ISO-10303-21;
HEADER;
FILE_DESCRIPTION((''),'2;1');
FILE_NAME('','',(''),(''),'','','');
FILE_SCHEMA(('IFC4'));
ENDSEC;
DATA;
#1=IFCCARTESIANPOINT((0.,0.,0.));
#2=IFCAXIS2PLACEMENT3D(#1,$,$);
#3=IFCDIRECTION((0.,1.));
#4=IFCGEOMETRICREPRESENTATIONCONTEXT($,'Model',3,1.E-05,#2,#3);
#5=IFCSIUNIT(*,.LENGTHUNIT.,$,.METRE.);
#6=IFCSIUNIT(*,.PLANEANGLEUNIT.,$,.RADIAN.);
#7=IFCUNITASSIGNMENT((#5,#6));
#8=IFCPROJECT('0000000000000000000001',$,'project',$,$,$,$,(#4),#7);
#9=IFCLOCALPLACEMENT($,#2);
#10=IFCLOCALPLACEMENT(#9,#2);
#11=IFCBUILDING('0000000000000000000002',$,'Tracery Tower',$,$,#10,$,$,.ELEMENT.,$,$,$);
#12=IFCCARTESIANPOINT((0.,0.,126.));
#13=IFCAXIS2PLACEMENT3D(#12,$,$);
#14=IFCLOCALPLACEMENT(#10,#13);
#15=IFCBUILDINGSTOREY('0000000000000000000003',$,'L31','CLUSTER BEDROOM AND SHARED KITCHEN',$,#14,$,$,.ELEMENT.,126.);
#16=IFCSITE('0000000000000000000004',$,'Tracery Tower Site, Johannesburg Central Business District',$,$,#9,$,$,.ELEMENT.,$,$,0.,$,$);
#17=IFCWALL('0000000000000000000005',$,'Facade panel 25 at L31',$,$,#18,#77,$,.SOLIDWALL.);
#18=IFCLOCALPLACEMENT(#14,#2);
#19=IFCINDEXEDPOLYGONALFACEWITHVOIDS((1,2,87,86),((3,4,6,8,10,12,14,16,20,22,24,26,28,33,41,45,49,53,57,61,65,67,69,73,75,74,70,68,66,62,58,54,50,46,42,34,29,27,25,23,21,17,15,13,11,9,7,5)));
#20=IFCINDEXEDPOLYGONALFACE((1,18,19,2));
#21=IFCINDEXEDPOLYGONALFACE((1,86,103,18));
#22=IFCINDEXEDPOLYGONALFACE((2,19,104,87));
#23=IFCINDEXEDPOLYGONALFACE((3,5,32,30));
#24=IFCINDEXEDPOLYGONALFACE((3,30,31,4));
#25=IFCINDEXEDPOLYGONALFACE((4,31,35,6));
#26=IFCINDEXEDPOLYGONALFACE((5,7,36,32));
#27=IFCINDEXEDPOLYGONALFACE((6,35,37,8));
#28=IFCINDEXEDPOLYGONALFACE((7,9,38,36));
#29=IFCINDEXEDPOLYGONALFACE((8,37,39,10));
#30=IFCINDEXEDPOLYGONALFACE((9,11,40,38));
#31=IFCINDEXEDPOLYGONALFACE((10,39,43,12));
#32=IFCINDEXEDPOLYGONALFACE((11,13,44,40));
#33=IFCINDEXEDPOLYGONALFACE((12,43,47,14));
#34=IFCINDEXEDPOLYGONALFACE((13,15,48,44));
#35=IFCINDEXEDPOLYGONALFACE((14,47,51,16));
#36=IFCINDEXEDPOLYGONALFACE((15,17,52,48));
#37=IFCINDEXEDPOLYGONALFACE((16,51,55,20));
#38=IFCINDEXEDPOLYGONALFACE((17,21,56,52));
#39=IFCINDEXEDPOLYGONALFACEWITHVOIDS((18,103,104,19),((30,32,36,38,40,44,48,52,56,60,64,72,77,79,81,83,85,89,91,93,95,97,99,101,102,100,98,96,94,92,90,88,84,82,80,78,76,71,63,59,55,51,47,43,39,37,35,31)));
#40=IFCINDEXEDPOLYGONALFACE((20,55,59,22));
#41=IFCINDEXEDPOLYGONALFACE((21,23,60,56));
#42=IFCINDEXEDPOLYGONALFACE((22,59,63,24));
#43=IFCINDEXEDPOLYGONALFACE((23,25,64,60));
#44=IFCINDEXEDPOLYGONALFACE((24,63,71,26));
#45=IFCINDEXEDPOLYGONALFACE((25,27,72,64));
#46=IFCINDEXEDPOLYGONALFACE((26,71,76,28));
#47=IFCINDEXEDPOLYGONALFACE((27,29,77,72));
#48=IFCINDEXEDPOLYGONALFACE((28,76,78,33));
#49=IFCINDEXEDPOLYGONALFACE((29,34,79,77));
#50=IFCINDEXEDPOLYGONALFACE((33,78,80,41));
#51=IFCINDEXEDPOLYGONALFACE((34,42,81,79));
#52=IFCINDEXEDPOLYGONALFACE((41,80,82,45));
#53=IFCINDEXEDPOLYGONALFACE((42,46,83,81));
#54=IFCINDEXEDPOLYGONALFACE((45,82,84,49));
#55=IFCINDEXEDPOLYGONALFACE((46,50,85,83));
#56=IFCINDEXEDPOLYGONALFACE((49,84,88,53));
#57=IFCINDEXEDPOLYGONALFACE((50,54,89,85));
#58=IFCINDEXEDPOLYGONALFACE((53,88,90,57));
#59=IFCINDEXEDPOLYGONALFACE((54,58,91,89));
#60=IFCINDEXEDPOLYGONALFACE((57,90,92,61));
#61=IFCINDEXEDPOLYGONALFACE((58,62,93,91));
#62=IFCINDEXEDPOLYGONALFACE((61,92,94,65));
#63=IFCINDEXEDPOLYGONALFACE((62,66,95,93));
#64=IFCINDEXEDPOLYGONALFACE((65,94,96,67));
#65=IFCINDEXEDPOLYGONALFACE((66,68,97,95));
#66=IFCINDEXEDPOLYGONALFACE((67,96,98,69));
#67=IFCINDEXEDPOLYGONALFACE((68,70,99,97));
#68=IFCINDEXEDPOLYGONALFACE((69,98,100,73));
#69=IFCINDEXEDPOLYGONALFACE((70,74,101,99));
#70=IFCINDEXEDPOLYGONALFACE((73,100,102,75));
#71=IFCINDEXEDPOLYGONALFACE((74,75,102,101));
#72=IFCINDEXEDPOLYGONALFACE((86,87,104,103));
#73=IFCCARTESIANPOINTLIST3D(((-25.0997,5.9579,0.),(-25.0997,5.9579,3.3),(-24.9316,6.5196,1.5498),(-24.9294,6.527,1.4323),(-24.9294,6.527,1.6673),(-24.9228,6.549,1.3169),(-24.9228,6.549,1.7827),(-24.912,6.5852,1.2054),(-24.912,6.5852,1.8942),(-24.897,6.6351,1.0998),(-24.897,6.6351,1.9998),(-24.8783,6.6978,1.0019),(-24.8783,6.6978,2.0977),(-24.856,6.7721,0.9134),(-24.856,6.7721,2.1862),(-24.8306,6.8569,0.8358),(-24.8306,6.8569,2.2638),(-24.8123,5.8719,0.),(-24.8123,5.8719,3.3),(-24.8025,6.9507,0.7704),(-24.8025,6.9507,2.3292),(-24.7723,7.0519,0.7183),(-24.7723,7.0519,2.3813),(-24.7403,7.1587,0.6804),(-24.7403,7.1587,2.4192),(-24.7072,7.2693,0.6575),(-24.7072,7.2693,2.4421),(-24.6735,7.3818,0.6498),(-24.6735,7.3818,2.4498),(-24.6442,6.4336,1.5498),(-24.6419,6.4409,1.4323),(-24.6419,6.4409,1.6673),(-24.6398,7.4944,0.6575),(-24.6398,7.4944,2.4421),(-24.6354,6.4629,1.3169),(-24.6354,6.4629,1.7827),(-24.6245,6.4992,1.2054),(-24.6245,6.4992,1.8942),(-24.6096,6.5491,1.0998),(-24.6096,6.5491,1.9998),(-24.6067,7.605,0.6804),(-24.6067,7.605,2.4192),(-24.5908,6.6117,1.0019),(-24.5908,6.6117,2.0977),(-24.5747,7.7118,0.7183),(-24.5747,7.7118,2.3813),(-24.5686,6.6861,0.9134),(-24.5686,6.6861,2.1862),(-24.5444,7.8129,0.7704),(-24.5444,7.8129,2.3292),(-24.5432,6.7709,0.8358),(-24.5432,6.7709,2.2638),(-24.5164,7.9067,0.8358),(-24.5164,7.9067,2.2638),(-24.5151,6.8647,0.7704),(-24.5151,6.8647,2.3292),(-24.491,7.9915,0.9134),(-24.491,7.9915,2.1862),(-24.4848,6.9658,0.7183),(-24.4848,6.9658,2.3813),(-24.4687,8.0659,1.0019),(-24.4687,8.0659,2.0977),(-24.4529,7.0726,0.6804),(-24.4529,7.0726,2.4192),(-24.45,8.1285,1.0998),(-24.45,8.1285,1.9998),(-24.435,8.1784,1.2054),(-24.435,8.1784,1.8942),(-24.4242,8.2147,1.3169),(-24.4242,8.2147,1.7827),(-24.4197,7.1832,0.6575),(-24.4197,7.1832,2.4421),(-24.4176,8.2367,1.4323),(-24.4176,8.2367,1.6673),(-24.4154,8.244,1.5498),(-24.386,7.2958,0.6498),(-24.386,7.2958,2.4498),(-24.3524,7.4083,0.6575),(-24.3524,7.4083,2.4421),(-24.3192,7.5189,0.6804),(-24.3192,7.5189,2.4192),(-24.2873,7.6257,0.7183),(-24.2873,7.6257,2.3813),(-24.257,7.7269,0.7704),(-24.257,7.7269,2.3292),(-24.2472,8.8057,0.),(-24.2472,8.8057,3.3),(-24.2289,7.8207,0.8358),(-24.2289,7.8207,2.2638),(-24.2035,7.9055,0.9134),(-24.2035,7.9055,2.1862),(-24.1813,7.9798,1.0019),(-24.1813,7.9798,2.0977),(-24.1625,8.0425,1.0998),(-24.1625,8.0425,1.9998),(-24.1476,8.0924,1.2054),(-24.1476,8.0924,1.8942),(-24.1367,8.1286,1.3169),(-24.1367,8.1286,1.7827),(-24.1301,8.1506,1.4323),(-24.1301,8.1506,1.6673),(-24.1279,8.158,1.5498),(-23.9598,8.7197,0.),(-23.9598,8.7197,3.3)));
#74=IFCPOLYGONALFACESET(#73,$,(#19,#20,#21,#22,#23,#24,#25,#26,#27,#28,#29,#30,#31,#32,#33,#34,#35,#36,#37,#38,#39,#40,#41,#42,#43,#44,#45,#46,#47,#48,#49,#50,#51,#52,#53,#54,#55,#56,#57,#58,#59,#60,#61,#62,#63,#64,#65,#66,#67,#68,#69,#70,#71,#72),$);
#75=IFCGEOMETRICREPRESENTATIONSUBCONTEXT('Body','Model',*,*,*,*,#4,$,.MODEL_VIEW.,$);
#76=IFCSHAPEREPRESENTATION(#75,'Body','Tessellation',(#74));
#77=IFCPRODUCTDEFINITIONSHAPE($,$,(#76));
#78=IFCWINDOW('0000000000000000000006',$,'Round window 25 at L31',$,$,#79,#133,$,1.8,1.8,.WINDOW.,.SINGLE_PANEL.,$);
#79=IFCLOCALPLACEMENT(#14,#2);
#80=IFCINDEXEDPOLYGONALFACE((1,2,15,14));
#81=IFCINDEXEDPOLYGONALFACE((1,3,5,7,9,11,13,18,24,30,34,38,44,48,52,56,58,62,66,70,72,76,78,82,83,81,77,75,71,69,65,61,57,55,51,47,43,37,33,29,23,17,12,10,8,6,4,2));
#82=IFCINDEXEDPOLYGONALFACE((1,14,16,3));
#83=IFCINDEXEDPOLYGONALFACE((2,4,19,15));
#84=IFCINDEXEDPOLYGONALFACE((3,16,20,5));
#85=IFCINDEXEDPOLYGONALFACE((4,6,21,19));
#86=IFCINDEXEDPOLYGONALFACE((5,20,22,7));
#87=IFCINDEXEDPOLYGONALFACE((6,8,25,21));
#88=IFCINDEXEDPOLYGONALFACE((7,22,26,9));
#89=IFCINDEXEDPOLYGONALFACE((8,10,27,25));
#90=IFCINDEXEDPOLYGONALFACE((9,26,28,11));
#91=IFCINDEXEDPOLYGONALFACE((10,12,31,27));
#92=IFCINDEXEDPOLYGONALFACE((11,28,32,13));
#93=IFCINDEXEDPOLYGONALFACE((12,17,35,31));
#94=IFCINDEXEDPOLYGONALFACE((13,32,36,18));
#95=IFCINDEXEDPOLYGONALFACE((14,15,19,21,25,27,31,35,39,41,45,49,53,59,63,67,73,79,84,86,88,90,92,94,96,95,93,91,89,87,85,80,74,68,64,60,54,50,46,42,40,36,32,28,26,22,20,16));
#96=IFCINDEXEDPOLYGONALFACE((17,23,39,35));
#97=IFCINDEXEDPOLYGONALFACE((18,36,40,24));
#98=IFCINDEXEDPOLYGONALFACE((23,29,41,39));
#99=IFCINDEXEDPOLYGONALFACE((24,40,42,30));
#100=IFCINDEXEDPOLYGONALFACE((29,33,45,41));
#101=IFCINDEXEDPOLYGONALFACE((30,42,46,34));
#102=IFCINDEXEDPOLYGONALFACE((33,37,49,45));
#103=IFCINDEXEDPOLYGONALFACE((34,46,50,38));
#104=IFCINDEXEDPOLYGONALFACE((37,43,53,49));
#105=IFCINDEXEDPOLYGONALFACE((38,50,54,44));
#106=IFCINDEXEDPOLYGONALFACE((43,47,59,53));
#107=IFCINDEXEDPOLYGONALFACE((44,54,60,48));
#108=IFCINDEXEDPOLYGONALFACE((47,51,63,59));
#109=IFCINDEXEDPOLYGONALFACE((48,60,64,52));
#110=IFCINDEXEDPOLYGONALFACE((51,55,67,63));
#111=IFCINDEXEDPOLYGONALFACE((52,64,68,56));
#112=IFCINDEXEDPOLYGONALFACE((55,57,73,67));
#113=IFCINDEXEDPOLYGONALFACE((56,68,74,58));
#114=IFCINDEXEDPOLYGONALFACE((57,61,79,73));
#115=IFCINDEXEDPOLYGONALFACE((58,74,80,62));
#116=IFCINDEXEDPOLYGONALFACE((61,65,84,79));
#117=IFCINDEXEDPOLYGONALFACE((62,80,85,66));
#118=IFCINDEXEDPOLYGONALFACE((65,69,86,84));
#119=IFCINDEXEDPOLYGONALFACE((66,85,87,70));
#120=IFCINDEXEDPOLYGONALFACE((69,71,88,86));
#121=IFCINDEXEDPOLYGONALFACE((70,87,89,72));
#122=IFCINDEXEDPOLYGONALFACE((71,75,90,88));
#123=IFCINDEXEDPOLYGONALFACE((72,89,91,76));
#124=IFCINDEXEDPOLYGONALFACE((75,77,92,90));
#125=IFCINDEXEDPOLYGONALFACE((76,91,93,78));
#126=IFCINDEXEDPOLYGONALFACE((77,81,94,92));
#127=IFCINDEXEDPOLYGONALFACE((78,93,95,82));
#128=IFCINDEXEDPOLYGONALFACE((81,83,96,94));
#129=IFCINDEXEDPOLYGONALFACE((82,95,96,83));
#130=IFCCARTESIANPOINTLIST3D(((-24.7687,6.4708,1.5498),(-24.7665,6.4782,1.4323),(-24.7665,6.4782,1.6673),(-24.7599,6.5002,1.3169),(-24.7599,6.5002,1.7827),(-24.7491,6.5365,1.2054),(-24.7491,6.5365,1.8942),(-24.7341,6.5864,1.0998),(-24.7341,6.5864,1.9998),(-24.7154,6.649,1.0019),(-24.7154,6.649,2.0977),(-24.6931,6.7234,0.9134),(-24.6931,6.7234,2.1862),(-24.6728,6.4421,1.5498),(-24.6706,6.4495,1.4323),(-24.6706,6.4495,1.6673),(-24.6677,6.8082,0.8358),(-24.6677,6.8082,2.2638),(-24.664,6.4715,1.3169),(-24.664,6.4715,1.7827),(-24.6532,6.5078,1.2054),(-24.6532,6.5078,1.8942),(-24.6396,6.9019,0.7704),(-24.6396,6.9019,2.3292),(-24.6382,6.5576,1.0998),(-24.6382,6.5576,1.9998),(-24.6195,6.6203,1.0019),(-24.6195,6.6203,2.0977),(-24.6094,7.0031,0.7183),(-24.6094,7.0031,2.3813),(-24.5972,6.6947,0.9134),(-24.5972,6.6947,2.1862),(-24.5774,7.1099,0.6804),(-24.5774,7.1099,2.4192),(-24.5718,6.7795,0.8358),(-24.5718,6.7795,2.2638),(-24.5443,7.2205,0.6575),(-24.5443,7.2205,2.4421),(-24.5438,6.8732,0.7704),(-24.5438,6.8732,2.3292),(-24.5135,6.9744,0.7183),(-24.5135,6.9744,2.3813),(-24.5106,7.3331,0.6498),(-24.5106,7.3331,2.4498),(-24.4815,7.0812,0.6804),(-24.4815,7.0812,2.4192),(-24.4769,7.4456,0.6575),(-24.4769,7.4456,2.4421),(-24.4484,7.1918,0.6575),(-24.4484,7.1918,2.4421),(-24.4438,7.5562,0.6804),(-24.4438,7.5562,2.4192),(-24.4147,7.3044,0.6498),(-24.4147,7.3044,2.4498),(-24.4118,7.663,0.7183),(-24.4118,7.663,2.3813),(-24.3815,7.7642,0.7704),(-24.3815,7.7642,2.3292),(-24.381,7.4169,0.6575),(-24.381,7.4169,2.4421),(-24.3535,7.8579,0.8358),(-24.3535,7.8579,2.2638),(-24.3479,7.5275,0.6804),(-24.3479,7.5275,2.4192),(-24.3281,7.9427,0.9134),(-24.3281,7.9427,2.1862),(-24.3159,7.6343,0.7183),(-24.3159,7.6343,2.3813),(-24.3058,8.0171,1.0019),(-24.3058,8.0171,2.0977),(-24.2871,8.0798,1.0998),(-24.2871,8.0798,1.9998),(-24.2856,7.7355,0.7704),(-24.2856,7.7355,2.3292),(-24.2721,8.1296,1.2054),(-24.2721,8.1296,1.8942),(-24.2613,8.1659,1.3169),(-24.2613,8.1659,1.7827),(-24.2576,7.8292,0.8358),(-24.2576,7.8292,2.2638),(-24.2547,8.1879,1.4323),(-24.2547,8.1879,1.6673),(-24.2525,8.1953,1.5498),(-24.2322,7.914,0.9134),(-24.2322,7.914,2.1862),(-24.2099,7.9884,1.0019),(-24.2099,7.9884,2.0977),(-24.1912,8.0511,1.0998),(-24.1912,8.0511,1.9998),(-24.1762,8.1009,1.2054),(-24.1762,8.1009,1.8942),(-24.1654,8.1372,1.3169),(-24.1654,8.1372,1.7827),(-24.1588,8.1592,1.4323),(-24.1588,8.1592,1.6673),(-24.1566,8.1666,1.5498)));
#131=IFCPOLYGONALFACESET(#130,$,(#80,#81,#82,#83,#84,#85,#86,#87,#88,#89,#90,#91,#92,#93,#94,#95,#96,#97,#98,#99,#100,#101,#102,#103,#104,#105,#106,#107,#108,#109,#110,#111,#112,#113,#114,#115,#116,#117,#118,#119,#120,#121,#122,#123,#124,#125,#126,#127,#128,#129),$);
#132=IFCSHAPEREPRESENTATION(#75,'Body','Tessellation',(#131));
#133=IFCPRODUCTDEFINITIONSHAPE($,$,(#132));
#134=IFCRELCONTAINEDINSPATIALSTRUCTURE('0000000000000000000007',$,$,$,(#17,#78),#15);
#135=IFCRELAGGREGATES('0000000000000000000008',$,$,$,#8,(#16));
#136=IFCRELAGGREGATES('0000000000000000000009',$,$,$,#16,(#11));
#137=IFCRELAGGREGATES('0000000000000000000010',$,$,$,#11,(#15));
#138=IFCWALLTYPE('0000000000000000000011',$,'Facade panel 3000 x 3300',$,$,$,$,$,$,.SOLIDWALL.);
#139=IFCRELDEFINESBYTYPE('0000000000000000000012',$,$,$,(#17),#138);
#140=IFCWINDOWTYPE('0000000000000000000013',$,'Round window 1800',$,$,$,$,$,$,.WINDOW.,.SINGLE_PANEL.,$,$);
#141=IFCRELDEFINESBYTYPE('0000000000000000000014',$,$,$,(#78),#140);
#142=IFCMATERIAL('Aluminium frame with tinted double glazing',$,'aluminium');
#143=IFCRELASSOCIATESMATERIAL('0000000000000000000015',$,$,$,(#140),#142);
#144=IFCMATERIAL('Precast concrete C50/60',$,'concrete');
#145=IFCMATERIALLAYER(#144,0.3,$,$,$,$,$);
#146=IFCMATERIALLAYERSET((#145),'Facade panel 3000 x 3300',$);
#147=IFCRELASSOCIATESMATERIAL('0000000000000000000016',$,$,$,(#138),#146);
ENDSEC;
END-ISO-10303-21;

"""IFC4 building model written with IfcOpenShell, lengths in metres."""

from ifc_helpers import new_model, si_unit, direction, frame, frame_2d, origin, origin_2d, place, context, subcontext, project, spatial, rectangle, circle, extrude, material, layer, layer_set, type_object, element, fill, save


model = new_model("IFC4")

# Units and contexts
model_context = context("Model", 3, precision=1e-05, world=origin(), true_north=direction((0.0, 1.0)))
body_context = subcontext(model_context, "Body", "Model", "MODEL_VIEW")
ifc_project = project(units=[si_unit("LENGTHUNIT", "METRE"), si_unit("PLANEANGLEUNIT", "RADIAN")], contexts=[model_context])

# Site, building, storey
site_placement = place(None, origin())
site = spatial("IfcSite", under=ifc_project, at=site_placement, Name="Tracery Tower Site, Johannesburg Central Business District", CompositionType="ELEMENT", RefElevation=0.0)
building_placement = place(site_placement, origin())
building = spatial("IfcBuilding", under=site, at=building_placement, Name="Tracery Tower", CompositionType="ELEMENT")
storey_placement = place(building_placement, frame((0.0, 0.0, 126.0)))
storey = spatial("IfcBuildingStorey", under=building, at=storey_placement, Name="L31", Description="CLUSTER BEDROOM AND SHARED KITCHEN", CompositionType="ELEMENT", Elevation=126.0)

# Wall, opening, window
ifc_material_1 = material(Name="Aluminium frame with tinted double glazing", Category="aluminium")
window_type = type_object("IfcWindowType", Name="Round window 1800", PartitioningType="SINGLE_PANEL", PredefinedType="WINDOW", material=ifc_material_1)
ifc_material_2 = material(Name="Precast concrete C50/60", Category="concrete")
ifc_layer_1 = layer(ifc_material_2, 0.3)
ifc_layer_set_1 = layer_set([ifc_layer_1], Name="Facade panel 3000 x 3300")
wall_type_1 = type_object("IfcWallType", Name="Facade panel 3000 x 3300", PredefinedType="SOLIDWALL", material=ifc_layer_set_1)
wall_1_placement = place(storey_placement, frame((-24.1035, 8.7627, 0.0), z_axis=(0.0, 0.0, 1.0), x_axis=(-0.286783, -0.957996, 0.0)))
wall_1 = element("IfcWall", 1, at=wall_1_placement, inside=storey, type_object=wall_type_1, Name="Facade panel 25 at L31", PredefinedType="SOLIDWALL", context=body_context, shape_type="SweptSolid", body=[
    extrude(rectangle(XDim=2.9727, YDim=0.3, at=frame_2d((1.4863, 0.0))), origin(), (0.0, 0.0, 1.0), 3.3),
])
opening_1_placement = place(wall_1_placement, frame((1.4863, 0.0, 1.5498)))
opening_1 = element("IfcOpeningElement", 2, at=opening_1_placement, cuts=wall_1, PredefinedType="OPENING", context=body_context, shape_type="SweptSolid", body=[
    extrude(circle(Radius=0.9, at=origin_2d()), frame((0.0, 0.1599, 0.0), z_axis=(0.0, -1.0, 0.0), x_axis=(1.0, 0.0, 0.0)), (0.0, 0.0, 1.0), 0.3201),
])
window_1_placement = place(opening_1_placement, origin())
window_1 = element("IfcWindow", 3, at=window_1_placement, inside=storey, type_object=window_type, Name="Round window 25 at L31", OverallHeight=1.8, OverallWidth=1.8, PartitioningType="SINGLE_PANEL", PredefinedType="WINDOW", context=body_context, shape_type="SweptSolid", body=[
    extrude(circle(Radius=0.9, at=origin_2d()), frame((0.0, 0.1201, 0.0), z_axis=(0.0, -1.0, 0.0), x_axis=(1.0, 0.0, 0.0)), (0.0, 0.0, 1.0), 0.1001),
])
fill(opening_1, window_1)

save(model, "model.ifc")
